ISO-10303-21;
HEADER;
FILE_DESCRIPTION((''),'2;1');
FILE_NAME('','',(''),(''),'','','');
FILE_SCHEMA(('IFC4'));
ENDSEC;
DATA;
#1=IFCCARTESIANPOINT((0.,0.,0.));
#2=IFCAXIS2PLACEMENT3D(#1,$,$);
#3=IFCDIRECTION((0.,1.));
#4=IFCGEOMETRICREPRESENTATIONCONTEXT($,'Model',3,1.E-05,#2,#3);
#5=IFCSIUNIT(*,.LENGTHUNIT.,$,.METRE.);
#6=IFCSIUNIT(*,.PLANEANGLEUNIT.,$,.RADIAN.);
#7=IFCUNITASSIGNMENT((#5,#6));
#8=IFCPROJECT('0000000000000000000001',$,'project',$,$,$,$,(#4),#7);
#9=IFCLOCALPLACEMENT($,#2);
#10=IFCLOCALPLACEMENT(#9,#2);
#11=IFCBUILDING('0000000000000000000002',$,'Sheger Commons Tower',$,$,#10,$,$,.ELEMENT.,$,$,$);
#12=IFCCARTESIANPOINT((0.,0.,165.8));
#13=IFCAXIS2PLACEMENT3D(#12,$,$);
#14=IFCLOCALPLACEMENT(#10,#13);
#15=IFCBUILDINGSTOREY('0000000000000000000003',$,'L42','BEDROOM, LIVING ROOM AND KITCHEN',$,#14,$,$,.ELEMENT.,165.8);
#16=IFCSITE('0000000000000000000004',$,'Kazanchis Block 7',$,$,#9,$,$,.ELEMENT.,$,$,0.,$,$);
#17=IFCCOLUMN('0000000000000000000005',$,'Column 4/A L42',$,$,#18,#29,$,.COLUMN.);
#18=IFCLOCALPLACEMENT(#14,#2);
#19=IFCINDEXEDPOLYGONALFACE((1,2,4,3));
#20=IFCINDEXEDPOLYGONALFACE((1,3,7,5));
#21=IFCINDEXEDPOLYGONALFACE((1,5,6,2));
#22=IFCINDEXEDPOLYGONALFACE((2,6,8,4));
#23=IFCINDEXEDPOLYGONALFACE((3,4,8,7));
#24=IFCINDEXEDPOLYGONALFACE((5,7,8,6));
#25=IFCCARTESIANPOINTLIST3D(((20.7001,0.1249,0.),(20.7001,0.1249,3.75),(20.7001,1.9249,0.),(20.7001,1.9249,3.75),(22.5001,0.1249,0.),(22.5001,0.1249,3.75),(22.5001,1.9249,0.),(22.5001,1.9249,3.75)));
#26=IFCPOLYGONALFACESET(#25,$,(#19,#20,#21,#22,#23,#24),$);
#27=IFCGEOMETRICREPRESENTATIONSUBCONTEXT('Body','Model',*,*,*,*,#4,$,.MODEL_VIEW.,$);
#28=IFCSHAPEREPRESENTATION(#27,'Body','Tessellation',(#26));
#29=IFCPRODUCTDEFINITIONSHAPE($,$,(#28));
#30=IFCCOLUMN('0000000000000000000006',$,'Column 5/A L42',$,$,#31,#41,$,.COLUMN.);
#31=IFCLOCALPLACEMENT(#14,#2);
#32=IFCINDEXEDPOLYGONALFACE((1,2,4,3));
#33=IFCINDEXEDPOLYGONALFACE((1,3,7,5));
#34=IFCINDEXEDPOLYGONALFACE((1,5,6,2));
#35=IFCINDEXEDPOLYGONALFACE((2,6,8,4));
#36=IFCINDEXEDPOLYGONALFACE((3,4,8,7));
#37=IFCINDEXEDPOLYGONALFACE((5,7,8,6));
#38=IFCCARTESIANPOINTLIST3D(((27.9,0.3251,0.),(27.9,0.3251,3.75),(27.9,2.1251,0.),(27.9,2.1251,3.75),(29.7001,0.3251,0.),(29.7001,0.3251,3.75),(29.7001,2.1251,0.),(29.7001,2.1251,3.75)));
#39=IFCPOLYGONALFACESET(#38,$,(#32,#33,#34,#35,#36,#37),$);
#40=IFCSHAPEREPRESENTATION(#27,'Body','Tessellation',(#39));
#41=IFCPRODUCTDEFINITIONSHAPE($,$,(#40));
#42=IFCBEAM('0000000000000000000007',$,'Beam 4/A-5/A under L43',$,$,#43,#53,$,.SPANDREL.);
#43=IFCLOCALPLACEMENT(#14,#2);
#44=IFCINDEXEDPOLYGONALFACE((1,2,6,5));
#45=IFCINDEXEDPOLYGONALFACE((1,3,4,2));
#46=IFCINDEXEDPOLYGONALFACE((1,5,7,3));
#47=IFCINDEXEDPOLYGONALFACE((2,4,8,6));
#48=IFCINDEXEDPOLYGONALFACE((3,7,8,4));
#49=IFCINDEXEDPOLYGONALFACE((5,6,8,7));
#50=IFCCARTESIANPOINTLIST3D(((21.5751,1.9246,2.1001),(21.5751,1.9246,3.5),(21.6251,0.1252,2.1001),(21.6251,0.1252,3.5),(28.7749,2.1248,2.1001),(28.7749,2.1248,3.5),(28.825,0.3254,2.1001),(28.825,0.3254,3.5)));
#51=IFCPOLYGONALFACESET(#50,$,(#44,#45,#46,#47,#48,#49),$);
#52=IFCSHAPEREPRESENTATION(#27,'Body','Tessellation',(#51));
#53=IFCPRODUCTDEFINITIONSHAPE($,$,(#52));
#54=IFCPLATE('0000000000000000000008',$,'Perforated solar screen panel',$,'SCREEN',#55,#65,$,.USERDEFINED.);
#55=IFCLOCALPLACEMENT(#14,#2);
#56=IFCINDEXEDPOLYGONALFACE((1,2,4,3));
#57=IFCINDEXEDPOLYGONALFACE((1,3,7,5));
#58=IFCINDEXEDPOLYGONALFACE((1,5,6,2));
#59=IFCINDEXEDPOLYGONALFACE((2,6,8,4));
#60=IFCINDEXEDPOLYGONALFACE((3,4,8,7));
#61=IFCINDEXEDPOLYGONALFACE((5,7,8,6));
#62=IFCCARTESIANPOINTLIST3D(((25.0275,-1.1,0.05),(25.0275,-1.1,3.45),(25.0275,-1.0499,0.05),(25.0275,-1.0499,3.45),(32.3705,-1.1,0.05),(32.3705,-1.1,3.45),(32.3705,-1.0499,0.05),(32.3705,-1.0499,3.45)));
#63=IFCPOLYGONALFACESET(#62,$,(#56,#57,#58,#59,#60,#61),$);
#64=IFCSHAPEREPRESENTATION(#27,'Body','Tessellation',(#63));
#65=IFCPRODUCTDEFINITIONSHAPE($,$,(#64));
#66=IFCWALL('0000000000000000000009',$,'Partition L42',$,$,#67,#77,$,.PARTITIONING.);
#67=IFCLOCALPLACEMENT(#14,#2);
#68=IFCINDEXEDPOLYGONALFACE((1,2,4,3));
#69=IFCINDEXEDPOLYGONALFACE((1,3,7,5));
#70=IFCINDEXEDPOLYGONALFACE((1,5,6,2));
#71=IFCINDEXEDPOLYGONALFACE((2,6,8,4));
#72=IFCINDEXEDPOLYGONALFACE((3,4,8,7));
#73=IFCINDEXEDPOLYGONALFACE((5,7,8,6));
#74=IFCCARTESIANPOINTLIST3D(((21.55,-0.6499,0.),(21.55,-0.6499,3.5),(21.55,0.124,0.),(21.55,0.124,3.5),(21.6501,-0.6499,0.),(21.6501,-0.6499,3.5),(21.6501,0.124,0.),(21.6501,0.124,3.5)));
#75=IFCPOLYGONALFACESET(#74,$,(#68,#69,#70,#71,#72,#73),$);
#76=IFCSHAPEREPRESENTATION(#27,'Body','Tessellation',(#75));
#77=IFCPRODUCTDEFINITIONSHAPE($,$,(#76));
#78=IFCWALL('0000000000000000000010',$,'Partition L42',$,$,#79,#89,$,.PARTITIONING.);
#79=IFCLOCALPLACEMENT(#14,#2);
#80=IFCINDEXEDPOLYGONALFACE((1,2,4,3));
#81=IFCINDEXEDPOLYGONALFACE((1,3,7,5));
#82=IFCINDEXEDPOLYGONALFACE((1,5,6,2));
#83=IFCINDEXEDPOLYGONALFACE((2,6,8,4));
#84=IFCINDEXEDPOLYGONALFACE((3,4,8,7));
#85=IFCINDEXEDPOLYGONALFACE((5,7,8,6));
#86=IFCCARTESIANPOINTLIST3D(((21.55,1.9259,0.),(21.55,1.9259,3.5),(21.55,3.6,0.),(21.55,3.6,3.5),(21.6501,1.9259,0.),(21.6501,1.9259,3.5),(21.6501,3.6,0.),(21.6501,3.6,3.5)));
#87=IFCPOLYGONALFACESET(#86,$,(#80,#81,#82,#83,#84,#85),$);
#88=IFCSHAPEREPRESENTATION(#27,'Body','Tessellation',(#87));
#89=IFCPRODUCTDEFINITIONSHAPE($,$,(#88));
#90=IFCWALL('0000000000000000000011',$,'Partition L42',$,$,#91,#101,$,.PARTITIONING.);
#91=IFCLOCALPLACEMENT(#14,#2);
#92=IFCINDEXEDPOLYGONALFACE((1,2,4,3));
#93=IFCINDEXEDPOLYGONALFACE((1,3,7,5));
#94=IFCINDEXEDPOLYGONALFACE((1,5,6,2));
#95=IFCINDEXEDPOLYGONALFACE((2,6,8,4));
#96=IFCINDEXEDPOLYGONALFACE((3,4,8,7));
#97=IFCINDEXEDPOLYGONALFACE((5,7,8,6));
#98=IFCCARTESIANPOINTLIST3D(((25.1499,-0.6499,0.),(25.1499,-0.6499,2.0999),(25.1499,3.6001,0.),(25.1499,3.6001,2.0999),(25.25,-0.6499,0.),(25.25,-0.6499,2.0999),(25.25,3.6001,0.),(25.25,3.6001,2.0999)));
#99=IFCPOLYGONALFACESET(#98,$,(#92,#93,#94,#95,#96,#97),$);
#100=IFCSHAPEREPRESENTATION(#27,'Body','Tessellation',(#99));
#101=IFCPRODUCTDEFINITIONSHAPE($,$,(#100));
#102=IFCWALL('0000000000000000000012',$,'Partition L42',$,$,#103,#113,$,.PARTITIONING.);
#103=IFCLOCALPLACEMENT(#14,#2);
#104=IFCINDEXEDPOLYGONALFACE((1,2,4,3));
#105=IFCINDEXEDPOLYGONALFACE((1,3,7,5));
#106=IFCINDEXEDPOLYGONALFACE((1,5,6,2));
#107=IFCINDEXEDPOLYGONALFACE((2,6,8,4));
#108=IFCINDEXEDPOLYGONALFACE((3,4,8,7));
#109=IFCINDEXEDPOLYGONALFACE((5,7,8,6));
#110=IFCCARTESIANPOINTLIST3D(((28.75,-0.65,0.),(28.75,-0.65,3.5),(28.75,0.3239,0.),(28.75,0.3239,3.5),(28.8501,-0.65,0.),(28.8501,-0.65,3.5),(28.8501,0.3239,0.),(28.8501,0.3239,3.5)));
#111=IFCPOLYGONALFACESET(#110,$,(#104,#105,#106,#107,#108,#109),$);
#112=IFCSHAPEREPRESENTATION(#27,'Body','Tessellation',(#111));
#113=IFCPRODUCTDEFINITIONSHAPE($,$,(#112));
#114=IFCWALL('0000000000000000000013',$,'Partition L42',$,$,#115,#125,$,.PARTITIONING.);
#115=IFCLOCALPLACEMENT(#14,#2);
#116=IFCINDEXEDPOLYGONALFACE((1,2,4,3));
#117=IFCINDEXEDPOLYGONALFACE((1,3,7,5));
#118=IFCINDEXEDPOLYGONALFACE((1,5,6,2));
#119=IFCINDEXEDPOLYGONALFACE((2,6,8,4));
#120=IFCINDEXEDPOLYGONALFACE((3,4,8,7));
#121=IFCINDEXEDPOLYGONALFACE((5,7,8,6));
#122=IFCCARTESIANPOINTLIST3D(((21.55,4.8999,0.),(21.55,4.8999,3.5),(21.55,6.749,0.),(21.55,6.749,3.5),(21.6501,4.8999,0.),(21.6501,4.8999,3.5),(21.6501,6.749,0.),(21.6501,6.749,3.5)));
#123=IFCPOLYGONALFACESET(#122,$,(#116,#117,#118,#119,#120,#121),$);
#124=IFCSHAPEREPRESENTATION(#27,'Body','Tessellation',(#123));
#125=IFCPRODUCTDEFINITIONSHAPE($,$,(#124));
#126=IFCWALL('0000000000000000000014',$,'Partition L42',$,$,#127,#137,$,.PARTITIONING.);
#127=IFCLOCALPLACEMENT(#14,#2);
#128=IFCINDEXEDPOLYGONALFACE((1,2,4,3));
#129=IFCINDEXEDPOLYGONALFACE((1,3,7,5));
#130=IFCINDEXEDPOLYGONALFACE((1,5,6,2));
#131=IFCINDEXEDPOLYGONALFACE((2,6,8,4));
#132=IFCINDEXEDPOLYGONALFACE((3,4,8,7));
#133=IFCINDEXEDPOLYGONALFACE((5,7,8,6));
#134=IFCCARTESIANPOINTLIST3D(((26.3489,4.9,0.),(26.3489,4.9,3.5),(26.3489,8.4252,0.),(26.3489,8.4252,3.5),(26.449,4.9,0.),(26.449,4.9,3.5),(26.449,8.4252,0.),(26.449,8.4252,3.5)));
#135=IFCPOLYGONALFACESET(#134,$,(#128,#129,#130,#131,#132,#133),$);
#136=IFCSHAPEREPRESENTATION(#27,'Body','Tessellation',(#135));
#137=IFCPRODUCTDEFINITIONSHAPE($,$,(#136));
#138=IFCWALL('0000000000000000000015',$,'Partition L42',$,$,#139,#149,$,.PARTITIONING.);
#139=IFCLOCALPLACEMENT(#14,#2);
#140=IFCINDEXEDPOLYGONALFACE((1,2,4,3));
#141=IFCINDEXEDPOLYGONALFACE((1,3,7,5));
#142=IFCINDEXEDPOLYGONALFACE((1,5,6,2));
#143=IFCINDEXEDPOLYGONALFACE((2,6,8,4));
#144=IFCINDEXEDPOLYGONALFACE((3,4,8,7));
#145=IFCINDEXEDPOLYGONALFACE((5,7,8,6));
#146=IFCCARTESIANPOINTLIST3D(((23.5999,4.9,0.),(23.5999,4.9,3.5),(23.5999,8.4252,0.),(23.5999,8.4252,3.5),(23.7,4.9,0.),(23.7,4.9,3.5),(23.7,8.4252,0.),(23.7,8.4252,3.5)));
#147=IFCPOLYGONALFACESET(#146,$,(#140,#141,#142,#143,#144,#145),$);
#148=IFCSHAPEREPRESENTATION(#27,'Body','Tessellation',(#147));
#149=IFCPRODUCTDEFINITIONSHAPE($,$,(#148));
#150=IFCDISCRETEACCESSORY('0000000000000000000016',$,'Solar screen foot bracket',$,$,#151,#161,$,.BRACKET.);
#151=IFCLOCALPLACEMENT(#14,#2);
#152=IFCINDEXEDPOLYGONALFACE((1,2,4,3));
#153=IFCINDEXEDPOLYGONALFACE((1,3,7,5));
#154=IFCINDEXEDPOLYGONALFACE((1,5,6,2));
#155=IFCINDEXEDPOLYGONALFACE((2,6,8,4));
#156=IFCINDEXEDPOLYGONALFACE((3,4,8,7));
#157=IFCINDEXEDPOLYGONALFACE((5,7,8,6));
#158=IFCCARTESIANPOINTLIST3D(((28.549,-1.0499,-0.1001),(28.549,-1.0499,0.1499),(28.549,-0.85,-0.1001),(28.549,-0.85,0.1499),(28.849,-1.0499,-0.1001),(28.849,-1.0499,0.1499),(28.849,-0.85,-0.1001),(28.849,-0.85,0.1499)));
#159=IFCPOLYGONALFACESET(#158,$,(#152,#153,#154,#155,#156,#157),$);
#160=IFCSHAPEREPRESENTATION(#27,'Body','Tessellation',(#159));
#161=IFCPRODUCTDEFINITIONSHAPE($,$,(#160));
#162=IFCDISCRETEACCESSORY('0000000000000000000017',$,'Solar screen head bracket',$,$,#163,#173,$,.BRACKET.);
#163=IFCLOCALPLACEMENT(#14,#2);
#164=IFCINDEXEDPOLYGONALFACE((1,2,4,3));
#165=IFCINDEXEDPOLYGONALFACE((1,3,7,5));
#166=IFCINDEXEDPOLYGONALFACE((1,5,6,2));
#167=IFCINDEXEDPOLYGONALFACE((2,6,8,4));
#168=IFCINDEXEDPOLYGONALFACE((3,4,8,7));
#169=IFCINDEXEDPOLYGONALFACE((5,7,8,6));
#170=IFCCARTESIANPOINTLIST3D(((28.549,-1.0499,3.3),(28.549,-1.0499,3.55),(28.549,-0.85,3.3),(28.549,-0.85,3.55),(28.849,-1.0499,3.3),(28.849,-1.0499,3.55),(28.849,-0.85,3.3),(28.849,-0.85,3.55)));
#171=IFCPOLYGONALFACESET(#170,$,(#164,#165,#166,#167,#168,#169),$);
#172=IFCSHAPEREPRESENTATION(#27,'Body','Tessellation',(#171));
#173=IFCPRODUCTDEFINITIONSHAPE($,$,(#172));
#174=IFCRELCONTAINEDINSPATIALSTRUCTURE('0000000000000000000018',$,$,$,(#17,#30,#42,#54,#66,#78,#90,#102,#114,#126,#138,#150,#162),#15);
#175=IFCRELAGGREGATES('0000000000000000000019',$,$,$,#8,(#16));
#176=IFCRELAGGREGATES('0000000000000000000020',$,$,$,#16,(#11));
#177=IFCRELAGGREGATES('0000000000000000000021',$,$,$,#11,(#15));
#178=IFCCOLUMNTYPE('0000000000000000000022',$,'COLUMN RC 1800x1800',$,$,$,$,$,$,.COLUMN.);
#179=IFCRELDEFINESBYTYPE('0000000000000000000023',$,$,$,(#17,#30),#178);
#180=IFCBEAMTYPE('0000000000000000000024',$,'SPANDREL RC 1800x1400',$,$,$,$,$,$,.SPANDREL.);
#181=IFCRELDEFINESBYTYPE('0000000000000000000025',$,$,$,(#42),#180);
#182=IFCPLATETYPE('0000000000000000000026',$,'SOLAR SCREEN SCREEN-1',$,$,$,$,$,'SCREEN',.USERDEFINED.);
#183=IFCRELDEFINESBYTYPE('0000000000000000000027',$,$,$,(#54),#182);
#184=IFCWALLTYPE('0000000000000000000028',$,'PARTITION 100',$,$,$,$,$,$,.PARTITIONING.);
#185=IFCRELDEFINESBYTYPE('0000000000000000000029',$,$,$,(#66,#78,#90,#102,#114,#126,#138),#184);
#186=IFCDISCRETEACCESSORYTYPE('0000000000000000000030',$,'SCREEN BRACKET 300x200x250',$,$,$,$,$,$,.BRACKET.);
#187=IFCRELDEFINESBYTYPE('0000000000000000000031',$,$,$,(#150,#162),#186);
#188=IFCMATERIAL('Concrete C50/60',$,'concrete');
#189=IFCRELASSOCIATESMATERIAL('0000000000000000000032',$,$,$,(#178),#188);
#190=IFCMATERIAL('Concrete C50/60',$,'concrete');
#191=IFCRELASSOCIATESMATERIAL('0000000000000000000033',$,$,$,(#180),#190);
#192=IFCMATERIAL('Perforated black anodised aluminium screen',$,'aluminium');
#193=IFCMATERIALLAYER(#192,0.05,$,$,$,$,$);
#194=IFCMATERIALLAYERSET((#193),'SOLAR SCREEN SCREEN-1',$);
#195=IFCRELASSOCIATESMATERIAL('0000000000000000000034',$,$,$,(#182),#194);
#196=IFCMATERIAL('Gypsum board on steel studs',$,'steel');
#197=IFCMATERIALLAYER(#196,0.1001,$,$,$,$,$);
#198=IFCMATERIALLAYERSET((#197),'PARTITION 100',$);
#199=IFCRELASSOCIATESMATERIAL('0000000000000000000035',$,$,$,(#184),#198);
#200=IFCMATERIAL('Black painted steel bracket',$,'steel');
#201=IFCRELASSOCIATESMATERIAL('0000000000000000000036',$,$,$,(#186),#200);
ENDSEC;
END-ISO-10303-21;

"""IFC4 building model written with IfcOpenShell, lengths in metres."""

from ifc_helpers import new_model, si_unit, direction, frame, frame_2d, origin, origin_2d, place, context, subcontext, project, spatial, rectangle, extrude, material, layer, layer_set, material_profile, profile_set, type_object, element, save


model = new_model("IFC4")

# Units and contexts
model_context = context("Model", 3, precision=1e-05, world=origin(), true_north=direction((0.0, 1.0)))
body_context = subcontext(model_context, "Body", "Model", "MODEL_VIEW")
ifc_project = project(units=[si_unit("LENGTHUNIT", "METRE"), si_unit("PLANEANGLEUNIT", "RADIAN")], contexts=[model_context])

# Site, building, storey
site_placement = place(None, origin())
site = spatial("IfcSite", under=ifc_project, at=site_placement, Name="Kazanchis Block 7", CompositionType="ELEMENT", RefElevation=0.0)
building_placement = place(site_placement, origin())
building = spatial("IfcBuilding", under=site, at=building_placement, Name="Sheger Commons Tower", CompositionType="ELEMENT")
storey_placement = place(building_placement, frame((0.0, 0.0, 165.8)))
storey = spatial("IfcBuildingStorey", under=building, at=storey_placement, Name="L42", Description="BEDROOM, LIVING ROOM AND KITCHEN", CompositionType="ELEMENT", Elevation=165.8)

# Columns
ifc_material_1 = material(Name="Concrete C50/60", Category="concrete")
ifc_material_profile_1 = material_profile(ifc_material_1, rectangle(XDim=1.8, YDim=1.8, at=origin_2d()), Name="RC 1800x1800")
ifc_profile_set_1 = profile_set([ifc_material_profile_1], Name="Concrete C50/60")
column_type = type_object("IfcColumnType", Name="COLUMN RC 1800x1800", PredefinedType="COLUMN", material=ifc_profile_set_1)
for number, where, z_axis, x_axis, name in (
    (1, (21.6001, 1.0249, 0.0), (0.0, 0.0, 1.0), (1.0, 0.0, 0.0), "Column 4/A L42"),
    (2, (28.8, 1.2251, 0.0), (0.0, 0.0, 1.0), (1.0, 0.0, 0.0), "Column 5/A L42"),
):
    element("IfcColumn", number, at=place(storey_placement, frame(where, z_axis=z_axis, x_axis=x_axis)), inside=storey, type_object=column_type, Name=name, PredefinedType="COLUMN", context=body_context, shape_type="SweptSolid", body=[
        extrude(rectangle(XDim=1.8, YDim=1.8, at=origin_2d()), origin(), (0.0, 0.0, 1.0), 3.75),
    ])

# Beam
ifc_material_2 = material(Name="Concrete C50/60", Category="concrete")
ifc_material_profile_2 = material_profile(ifc_material_2, rectangle(XDim=1.8, YDim=1.3999, at=origin_2d()), Name="RC 1800x1400")
ifc_profile_set_2 = profile_set([ifc_material_profile_2], Name="Concrete C50/60")
beam_type = type_object("IfcBeamType", Name="SPANDREL RC 1800x1400", PredefinedType="SPANDREL", material=ifc_profile_set_2)
beam_placement = place(storey_placement, frame((21.6001, 1.0249, 2.8), z_axis=(0.999614, 0.027794, 0.0), x_axis=(-0.027794, 0.999614, 0.0)))
element("IfcBeam", 3, at=beam_placement, inside=storey, type_object=beam_type, Name="Beam 4/A-5/A under L43", PredefinedType="SPANDREL", context=body_context, shape_type="SweptSolid", body=[
    extrude(rectangle(XDim=1.8, YDim=1.3999, at=origin_2d()), origin(), (0.0, 0.0, 1.0), 7.2026),
])

# Plate
ifc_material_3 = material(Name="Perforated black anodised aluminium screen", Category="aluminium")
ifc_layer_1 = layer(ifc_material_3, 0.05)
ifc_layer_set_1 = layer_set([ifc_layer_1], Name="SOLAR SCREEN SCREEN-1")
plate_type = type_object("IfcPlateType", Name="SOLAR SCREEN SCREEN-1", ElementType="SCREEN", PredefinedType="USERDEFINED", material=ifc_layer_set_1)
plate_placement = place(storey_placement, frame((28.699, -1.075, 0.05), z_axis=(0.0, 0.0, 1.0), x_axis=(1.0, 0.0, 0.0)))
element("IfcPlate", 4, at=plate_placement, inside=storey, type_object=plate_type, Name="Perforated solar screen panel", ObjectType="SCREEN", PredefinedType="USERDEFINED", context=body_context, shape_type="SweptSolid", body=[
    extrude(rectangle(XDim=7.343, YDim=0.05, at=origin_2d()), origin(), (0.0, 0.0, 1.0), 3.3999),
])

# Walls
ifc_material_4 = material(Name="Gypsum board on steel studs", Category="steel")
ifc_layer_2 = layer(ifc_material_4, 0.1001)
ifc_layer_set_2 = layer_set([ifc_layer_2], Name="PARTITION 100")
wall_type = type_object("IfcWallType", Name="PARTITION 100", PredefinedType="PARTITIONING", material=ifc_layer_set_2)
wall_1_placement = place(storey_placement, frame((21.6001, -0.6499, 0.0), z_axis=(0.0, 0.0, 1.0), x_axis=(0.0, 1.0, 0.0)))
element("IfcWall", 5, at=wall_1_placement, inside=storey, type_object=wall_type, Name="Partition L42", PredefinedType="PARTITIONING", context=body_context, shape_type="SweptSolid", body=[
    extrude(rectangle(XDim=0.7739, YDim=0.1001, at=frame_2d((0.387, 0.0))), origin(), (0.0, 0.0, 1.0), 3.5),
])
wall_2_placement = place(storey_placement, frame((21.6001, 1.926, 0.0), z_axis=(0.0, 0.0, 1.0), x_axis=(0.0, 1.0, 0.0)))
element("IfcWall", 6, at=wall_2_placement, inside=storey, type_object=wall_type, Name="Partition L42", PredefinedType="PARTITIONING", context=body_context, shape_type="SweptSolid", body=[
    extrude(rectangle(XDim=1.6741, YDim=0.1001, at=frame_2d((0.8369, 0.0))), origin(), (0.0, 0.0, 1.0), 3.5),
])
wall_3_placement = place(storey_placement, frame((25.2, -0.6499, 0.0), z_axis=(0.0, 0.0, 1.0), x_axis=(0.0, 1.0, 0.0)))
element("IfcWall", 7, at=wall_3_placement, inside=storey, type_object=wall_type, Name="Partition L42", PredefinedType="PARTITIONING", context=body_context, shape_type="SweptSolid", body=[
    extrude(rectangle(XDim=4.25, YDim=0.1001, at=frame_2d((2.125, 0.0))), origin(), (0.0, 0.0, 1.0), 2.0999),
])
wall_4_placement = place(storey_placement, frame((28.8, -0.6499, 0.0), z_axis=(0.0, 0.0, 1.0), x_axis=(0.0, 1.0, 0.0)))
element("IfcWall", 8, at=wall_4_placement, inside=storey, type_object=wall_type, Name="Partition L42", PredefinedType="PARTITIONING", context=body_context, shape_type="SweptSolid", body=[
    extrude(rectangle(XDim=0.9739, YDim=0.1001, at=frame_2d((0.4868, 0.0))), origin(), (0.0, 0.0, 1.0), 3.5),
])
wall_5_placement = place(storey_placement, frame((21.6001, 4.8999, 0.0), z_axis=(0.0, 0.0, 1.0), x_axis=(0.0, 1.0, 0.0)))
element("IfcWall", 9, at=wall_5_placement, inside=storey, type_object=wall_type, Name="Partition L42", PredefinedType="PARTITIONING", context=body_context, shape_type="SweptSolid", body=[
    extrude(rectangle(XDim=1.8491, YDim=0.1001, at=frame_2d((0.9246, 0.0))), origin(), (0.0, 0.0, 1.0), 3.5),
])
for number, where, z_axis, x_axis, name in (
    (10, (26.3989, 4.8999, 0.0), (0.0, 0.0, 1.0), (0.0, 1.0, 0.0), "Partition L42"),
    (11, (23.6499, 4.8999, 0.0), (0.0, 0.0, 1.0), (0.0, 1.0, 0.0), "Partition L42"),
):
    element("IfcWall", number, at=place(storey_placement, frame(where, z_axis=z_axis, x_axis=x_axis)), inside=storey, type_object=wall_type, Name=name, PredefinedType="PARTITIONING", context=body_context, shape_type="SweptSolid", body=[
        extrude(rectangle(XDim=3.5251, YDim=0.1001, at=frame_2d((1.7627, 0.0))), origin(), (0.0, 0.0, 1.0), 3.5),
    ])

# Discrete accessories
ifc_material_5 = material(Name="Black painted steel bracket", Category="steel")
discrete_accessory_type = type_object("IfcDiscreteAccessoryType", Name="SCREEN BRACKET 300x200x250", PredefinedType="BRACKET", material=ifc_material_5)
for number, where, z_axis, x_axis, name in (
    (12, (28.699, -0.95, -0.1001), (0.0, 0.0, 1.0), (1.0, 0.0, 0.0), "Solar screen foot bracket"),
    (13, (28.699, -0.95, 3.3), (0.0, 0.0, 1.0), (1.0, 0.0, 0.0), "Solar screen head bracket"),
):
    element("IfcDiscreteAccessory", number, at=place(storey_placement, frame(where, z_axis=z_axis, x_axis=x_axis)), inside=storey, type_object=discrete_accessory_type, Name=name, PredefinedType="BRACKET", context=body_context, shape_type="SweptSolid", body=[
        extrude(rectangle(XDim=0.3, YDim=0.2, at=origin_2d()), origin(), (0.0, 0.0, 1.0), 0.25),
    ])

save(model, "model.ifc")
